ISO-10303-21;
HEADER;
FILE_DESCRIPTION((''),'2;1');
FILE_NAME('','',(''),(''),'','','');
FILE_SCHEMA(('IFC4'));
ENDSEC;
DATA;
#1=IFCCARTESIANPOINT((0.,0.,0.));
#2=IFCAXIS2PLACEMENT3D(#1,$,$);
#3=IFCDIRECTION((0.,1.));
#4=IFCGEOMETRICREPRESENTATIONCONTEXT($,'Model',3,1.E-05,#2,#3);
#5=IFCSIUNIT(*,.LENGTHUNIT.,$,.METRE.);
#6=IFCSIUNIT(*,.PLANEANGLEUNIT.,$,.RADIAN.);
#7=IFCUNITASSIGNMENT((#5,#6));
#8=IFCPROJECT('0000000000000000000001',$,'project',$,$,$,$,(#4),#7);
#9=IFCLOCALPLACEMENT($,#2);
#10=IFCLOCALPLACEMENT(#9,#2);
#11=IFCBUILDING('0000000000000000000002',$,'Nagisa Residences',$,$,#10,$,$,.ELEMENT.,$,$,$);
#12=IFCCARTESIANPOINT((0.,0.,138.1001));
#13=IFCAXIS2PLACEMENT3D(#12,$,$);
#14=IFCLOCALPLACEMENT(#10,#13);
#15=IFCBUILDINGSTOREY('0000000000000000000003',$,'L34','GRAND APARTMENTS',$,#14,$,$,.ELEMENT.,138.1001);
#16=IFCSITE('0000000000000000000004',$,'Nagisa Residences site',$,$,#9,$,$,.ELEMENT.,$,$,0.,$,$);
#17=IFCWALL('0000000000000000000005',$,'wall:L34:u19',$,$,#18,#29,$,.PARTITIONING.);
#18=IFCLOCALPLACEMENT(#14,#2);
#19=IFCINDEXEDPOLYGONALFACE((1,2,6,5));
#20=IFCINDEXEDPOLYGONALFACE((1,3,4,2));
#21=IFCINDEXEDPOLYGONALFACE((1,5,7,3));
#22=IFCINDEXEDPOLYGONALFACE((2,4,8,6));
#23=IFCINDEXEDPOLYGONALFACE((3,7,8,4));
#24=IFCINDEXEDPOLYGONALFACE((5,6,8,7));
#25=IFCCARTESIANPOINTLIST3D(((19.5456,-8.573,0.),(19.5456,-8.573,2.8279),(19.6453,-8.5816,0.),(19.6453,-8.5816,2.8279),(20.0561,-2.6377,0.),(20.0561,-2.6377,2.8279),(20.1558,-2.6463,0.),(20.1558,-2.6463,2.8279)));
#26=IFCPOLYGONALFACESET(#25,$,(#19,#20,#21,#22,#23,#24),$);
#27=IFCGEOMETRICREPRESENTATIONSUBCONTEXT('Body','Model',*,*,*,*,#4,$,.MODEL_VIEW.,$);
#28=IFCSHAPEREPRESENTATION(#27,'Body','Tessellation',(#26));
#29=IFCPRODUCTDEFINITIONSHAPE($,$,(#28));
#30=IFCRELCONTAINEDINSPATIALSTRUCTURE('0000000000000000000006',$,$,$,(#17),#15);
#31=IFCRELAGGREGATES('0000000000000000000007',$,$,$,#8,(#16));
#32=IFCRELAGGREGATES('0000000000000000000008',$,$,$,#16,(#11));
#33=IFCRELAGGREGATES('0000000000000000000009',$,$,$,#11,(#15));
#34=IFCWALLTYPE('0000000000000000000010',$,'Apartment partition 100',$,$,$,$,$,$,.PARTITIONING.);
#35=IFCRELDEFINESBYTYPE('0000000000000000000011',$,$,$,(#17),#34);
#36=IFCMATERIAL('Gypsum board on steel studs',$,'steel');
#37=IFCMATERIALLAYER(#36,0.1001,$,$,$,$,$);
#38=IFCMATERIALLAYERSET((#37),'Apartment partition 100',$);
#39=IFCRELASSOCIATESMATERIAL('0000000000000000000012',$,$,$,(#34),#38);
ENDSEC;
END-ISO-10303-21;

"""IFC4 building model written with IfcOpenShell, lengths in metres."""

from ifc_helpers import new_model, si_unit, direction, frame, frame_2d, origin, place, context, subcontext, project, spatial, rectangle, extrude, material, layer, layer_set, type_object, element, save


model = new_model("IFC4")

# Units and contexts
model_context = context("Model", 3, precision=1e-05, world=origin(), true_north=direction((0.0, 1.0)))
body_context = subcontext(model_context, "Body", "Model", "MODEL_VIEW")
ifc_project = project(units=[si_unit("LENGTHUNIT", "METRE"), si_unit("PLANEANGLEUNIT", "RADIAN")], contexts=[model_context])

# Site, building, storey
site_placement = place(None, origin())
site = spatial("IfcSite", under=ifc_project, at=site_placement, Name="Nagisa Residences site", CompositionType="ELEMENT", RefElevation=0.0)
building_placement = place(site_placement, origin())
building = spatial("IfcBuilding", under=site, at=building_placement, Name="Nagisa Residences", CompositionType="ELEMENT")
storey_placement = place(building_placement, frame((0.0, 0.0, 138.1001)))
storey = spatial("IfcBuildingStorey", under=building, at=storey_placement, Name="L34", Description="GRAND APARTMENTS", CompositionType="ELEMENT", Elevation=138.1001)

# Shared definitions
ifc_material_1 = material(Name="Gypsum board on steel studs", Category="steel")
ifc_layer_1 = layer(ifc_material_1, 0.1001)
ifc_layer_set_1 = layer_set([ifc_layer_1], Name="Apartment partition 100")
wall_type_1 = type_object("IfcWallType", Name="Apartment partition 100", PredefinedType="PARTITIONING", material=ifc_layer_set_1)

# Wall
wall_1_placement = place(storey_placement, frame((20.106, -2.6421, 0.0), z_axis=(0.0, 0.0, 1.0), x_axis=(-0.085694, -0.996321, 0.0)))
element("IfcWall", 1, at=wall_1_placement, inside=storey, type_object=wall_type_1, Name="wall:L34:u19", PredefinedType="PARTITIONING", context=body_context, shape_type="SweptSolid", body=[
    extrude(rectangle(XDim=5.9573, YDim=0.1001, at=frame_2d((2.9785, 0.0))), origin(), (0.0, 0.0, 1.0), 2.8279),
])

save(model, "model.ifc")
